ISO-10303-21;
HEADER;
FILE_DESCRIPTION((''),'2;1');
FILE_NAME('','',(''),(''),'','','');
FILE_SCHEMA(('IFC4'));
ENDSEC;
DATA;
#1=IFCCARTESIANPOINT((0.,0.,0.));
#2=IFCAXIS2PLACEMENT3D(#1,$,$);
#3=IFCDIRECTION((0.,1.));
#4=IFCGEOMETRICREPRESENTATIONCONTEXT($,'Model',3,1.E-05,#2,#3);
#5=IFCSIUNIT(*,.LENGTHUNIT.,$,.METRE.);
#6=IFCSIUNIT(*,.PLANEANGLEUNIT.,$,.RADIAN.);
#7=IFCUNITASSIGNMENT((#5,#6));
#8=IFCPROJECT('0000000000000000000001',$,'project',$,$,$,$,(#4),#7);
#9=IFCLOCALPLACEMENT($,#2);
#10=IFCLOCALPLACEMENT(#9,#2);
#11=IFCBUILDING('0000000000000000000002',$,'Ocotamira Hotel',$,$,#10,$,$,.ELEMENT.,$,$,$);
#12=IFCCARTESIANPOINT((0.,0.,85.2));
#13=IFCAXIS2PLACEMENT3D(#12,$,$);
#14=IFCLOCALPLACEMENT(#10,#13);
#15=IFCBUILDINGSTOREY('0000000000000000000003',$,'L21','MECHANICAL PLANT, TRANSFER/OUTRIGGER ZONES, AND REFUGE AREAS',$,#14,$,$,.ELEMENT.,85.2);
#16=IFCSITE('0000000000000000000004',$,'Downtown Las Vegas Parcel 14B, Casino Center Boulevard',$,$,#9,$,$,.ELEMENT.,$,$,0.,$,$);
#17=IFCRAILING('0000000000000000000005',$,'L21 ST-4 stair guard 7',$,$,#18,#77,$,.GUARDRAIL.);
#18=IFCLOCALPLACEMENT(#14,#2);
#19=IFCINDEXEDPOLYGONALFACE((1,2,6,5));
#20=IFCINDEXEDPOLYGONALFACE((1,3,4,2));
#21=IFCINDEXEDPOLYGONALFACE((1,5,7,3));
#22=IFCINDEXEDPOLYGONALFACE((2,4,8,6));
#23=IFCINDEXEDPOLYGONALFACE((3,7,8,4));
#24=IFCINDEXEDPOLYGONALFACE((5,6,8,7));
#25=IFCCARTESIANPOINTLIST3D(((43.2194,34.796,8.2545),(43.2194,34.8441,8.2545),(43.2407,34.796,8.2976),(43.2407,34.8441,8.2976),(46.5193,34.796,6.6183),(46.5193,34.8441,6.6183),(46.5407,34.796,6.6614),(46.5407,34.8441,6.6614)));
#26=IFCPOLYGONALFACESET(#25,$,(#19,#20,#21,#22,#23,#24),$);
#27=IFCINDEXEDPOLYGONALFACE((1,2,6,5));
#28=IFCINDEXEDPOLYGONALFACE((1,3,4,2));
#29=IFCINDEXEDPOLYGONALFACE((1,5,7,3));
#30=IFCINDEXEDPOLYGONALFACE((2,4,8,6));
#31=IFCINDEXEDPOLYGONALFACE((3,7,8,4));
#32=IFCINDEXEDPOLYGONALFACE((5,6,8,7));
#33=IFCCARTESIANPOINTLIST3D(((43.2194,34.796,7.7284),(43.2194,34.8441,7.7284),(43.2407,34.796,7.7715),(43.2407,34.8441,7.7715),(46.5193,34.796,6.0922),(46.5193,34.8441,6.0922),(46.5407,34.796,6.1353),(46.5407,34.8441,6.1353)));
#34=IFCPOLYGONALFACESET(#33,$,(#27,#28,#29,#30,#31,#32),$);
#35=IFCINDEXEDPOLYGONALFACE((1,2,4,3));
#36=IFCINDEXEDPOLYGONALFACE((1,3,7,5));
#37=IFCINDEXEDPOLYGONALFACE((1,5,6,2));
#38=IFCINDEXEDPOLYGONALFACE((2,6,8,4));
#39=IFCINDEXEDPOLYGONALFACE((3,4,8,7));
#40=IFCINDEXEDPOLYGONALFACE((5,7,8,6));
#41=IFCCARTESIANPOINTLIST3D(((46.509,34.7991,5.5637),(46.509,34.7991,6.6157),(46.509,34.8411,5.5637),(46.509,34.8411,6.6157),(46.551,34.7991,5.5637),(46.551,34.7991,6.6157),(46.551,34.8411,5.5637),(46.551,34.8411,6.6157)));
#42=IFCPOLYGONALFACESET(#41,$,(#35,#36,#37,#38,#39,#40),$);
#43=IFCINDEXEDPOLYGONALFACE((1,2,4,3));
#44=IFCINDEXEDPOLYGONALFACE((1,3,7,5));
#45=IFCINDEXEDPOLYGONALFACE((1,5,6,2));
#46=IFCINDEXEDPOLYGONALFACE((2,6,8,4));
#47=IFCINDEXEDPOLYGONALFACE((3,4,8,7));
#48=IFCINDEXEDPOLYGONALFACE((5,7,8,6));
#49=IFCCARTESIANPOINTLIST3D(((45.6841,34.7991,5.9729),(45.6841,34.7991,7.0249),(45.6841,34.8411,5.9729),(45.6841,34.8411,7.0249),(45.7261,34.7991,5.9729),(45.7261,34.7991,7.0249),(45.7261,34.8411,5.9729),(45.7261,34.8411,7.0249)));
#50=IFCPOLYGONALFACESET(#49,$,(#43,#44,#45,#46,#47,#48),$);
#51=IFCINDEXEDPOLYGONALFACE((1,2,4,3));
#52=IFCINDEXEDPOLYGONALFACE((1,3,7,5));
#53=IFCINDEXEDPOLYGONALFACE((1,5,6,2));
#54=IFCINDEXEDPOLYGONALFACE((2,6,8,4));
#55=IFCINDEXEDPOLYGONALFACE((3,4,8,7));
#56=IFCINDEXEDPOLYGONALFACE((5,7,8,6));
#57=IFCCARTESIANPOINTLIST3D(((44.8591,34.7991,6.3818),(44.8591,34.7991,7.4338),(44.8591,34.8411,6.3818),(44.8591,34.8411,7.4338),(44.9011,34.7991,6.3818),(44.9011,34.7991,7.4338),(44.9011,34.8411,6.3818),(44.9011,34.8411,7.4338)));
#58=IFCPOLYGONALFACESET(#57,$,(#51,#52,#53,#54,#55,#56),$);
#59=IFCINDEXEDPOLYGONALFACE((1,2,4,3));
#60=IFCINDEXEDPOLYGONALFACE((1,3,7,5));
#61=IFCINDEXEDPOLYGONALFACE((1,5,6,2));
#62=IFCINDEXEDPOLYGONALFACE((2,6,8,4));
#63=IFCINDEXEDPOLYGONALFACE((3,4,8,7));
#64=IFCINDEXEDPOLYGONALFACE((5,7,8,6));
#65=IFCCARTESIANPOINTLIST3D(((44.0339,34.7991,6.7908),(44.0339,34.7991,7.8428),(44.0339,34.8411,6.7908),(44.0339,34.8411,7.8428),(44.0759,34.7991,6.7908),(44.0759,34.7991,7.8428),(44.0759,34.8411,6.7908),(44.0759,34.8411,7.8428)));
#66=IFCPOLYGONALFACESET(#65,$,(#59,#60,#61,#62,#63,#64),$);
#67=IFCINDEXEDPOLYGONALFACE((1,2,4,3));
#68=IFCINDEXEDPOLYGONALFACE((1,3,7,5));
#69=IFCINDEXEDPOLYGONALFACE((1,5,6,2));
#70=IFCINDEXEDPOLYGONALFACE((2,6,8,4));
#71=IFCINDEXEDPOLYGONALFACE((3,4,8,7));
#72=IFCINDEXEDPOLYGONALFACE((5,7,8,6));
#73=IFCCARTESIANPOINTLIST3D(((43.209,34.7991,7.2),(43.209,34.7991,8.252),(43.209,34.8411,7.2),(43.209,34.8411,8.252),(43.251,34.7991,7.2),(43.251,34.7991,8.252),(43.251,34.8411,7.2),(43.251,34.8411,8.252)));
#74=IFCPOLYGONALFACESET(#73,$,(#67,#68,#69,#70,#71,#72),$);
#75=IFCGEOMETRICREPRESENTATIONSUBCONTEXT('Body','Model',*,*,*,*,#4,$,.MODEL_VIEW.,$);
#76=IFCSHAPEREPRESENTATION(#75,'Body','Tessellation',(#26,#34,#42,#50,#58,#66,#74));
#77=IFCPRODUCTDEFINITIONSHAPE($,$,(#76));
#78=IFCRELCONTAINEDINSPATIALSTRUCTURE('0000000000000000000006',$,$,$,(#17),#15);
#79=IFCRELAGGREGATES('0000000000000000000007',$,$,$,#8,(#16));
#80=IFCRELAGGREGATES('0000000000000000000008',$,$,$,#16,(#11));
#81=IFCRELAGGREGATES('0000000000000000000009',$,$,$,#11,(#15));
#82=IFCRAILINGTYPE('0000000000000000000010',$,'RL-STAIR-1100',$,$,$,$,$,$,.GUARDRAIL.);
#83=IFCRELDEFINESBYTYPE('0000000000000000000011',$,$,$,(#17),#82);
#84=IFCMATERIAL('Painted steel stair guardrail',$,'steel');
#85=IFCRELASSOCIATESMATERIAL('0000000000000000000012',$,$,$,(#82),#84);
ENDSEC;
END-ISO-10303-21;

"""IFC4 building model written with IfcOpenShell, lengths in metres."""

from ifc_helpers import new_model, si_unit, direction, frame, origin, origin_2d, place, context, subcontext, project, spatial, rectangle, extrude, material, type_object, element, save


model = new_model("IFC4")

# Units and contexts
model_context = context("Model", 3, precision=1e-05, world=origin(), true_north=direction((0.0, 1.0)))
body_context = subcontext(model_context, "Body", "Model", "MODEL_VIEW")
ifc_project = project(units=[si_unit("LENGTHUNIT", "METRE"), si_unit("PLANEANGLEUNIT", "RADIAN")], contexts=[model_context])

# Site, building, storey
site_placement = place(None, origin())
site = spatial("IfcSite", under=ifc_project, at=site_placement, Name="Downtown Las Vegas Parcel 14B, Casino Center Boulevard", CompositionType="ELEMENT", RefElevation=0.0)
building_placement = place(site_placement, origin())
building = spatial("IfcBuilding", under=site, at=building_placement, Name="Ocotamira Hotel", CompositionType="ELEMENT")
storey_placement = place(building_placement, frame((0.0, 0.0, 85.2)))
storey = spatial("IfcBuildingStorey", under=building, at=storey_placement, Name="L21", Description="MECHANICAL PLANT, TRANSFER/OUTRIGGER ZONES, AND REFUGE AREAS", CompositionType="ELEMENT", Elevation=85.2)

# Railing
ifc_material_1 = material(Name="Painted steel stair guardrail", Category="steel")
railing_type_1 = type_object("IfcRailingType", Name="RL-STAIR-1100", PredefinedType="GUARDRAIL", material=ifc_material_1)
railing_1_placement = place(storey_placement, frame((46.53, 34.8201, 5.5637)))
element("IfcRailing", 1, at=railing_1_placement, inside=storey, type_object=railing_type_1, Name="L21 ST-4 stair guard 7", PredefinedType="GUARDRAIL", context=body_context, shape_type="SweptSolid", body=[
    extrude(rectangle(XDim=0.0481, YDim=0.0481, at=origin_2d()), frame((0.0, 0.0, 1.0762), z_axis=(-0.89592, 0.0, 0.444215), x_axis=(0.0, -1.0, 0.0)), (0.0, 0.0, 1.0), 3.6833),
    extrude(rectangle(XDim=0.0481, YDim=0.0481, at=origin_2d()), frame((0.0, 0.0, 0.55), z_axis=(-0.89592, 0.0, 0.444215), x_axis=(0.0, -1.0, 0.0)), (0.0, 0.0, 1.0), 3.6833),
    extrude(rectangle(XDim=0.042, YDim=0.042, at=origin_2d()), origin(), (0.0, 0.0, 1.0), 1.052),
    extrude(rectangle(XDim=0.042, YDim=0.042, at=origin_2d()), frame((-0.825, 0.0, 0.4092)), (0.0, 0.0, 1.0), 1.052),
    extrude(rectangle(XDim=0.042, YDim=0.042, at=origin_2d()), frame((-1.6499, 0.0, 0.8181)), (0.0, 0.0, 1.0), 1.052),
    extrude(rectangle(XDim=0.042, YDim=0.042, at=origin_2d()), frame((-2.4751, 0.0, 1.2271)), (0.0, 0.0, 1.0), 1.052),
    extrude(rectangle(XDim=0.042, YDim=0.042, at=origin_2d()), frame((-3.3, 0.0, 1.6362)), (0.0, 0.0, 1.0), 1.052),
])

save(model, "model.ifc")
